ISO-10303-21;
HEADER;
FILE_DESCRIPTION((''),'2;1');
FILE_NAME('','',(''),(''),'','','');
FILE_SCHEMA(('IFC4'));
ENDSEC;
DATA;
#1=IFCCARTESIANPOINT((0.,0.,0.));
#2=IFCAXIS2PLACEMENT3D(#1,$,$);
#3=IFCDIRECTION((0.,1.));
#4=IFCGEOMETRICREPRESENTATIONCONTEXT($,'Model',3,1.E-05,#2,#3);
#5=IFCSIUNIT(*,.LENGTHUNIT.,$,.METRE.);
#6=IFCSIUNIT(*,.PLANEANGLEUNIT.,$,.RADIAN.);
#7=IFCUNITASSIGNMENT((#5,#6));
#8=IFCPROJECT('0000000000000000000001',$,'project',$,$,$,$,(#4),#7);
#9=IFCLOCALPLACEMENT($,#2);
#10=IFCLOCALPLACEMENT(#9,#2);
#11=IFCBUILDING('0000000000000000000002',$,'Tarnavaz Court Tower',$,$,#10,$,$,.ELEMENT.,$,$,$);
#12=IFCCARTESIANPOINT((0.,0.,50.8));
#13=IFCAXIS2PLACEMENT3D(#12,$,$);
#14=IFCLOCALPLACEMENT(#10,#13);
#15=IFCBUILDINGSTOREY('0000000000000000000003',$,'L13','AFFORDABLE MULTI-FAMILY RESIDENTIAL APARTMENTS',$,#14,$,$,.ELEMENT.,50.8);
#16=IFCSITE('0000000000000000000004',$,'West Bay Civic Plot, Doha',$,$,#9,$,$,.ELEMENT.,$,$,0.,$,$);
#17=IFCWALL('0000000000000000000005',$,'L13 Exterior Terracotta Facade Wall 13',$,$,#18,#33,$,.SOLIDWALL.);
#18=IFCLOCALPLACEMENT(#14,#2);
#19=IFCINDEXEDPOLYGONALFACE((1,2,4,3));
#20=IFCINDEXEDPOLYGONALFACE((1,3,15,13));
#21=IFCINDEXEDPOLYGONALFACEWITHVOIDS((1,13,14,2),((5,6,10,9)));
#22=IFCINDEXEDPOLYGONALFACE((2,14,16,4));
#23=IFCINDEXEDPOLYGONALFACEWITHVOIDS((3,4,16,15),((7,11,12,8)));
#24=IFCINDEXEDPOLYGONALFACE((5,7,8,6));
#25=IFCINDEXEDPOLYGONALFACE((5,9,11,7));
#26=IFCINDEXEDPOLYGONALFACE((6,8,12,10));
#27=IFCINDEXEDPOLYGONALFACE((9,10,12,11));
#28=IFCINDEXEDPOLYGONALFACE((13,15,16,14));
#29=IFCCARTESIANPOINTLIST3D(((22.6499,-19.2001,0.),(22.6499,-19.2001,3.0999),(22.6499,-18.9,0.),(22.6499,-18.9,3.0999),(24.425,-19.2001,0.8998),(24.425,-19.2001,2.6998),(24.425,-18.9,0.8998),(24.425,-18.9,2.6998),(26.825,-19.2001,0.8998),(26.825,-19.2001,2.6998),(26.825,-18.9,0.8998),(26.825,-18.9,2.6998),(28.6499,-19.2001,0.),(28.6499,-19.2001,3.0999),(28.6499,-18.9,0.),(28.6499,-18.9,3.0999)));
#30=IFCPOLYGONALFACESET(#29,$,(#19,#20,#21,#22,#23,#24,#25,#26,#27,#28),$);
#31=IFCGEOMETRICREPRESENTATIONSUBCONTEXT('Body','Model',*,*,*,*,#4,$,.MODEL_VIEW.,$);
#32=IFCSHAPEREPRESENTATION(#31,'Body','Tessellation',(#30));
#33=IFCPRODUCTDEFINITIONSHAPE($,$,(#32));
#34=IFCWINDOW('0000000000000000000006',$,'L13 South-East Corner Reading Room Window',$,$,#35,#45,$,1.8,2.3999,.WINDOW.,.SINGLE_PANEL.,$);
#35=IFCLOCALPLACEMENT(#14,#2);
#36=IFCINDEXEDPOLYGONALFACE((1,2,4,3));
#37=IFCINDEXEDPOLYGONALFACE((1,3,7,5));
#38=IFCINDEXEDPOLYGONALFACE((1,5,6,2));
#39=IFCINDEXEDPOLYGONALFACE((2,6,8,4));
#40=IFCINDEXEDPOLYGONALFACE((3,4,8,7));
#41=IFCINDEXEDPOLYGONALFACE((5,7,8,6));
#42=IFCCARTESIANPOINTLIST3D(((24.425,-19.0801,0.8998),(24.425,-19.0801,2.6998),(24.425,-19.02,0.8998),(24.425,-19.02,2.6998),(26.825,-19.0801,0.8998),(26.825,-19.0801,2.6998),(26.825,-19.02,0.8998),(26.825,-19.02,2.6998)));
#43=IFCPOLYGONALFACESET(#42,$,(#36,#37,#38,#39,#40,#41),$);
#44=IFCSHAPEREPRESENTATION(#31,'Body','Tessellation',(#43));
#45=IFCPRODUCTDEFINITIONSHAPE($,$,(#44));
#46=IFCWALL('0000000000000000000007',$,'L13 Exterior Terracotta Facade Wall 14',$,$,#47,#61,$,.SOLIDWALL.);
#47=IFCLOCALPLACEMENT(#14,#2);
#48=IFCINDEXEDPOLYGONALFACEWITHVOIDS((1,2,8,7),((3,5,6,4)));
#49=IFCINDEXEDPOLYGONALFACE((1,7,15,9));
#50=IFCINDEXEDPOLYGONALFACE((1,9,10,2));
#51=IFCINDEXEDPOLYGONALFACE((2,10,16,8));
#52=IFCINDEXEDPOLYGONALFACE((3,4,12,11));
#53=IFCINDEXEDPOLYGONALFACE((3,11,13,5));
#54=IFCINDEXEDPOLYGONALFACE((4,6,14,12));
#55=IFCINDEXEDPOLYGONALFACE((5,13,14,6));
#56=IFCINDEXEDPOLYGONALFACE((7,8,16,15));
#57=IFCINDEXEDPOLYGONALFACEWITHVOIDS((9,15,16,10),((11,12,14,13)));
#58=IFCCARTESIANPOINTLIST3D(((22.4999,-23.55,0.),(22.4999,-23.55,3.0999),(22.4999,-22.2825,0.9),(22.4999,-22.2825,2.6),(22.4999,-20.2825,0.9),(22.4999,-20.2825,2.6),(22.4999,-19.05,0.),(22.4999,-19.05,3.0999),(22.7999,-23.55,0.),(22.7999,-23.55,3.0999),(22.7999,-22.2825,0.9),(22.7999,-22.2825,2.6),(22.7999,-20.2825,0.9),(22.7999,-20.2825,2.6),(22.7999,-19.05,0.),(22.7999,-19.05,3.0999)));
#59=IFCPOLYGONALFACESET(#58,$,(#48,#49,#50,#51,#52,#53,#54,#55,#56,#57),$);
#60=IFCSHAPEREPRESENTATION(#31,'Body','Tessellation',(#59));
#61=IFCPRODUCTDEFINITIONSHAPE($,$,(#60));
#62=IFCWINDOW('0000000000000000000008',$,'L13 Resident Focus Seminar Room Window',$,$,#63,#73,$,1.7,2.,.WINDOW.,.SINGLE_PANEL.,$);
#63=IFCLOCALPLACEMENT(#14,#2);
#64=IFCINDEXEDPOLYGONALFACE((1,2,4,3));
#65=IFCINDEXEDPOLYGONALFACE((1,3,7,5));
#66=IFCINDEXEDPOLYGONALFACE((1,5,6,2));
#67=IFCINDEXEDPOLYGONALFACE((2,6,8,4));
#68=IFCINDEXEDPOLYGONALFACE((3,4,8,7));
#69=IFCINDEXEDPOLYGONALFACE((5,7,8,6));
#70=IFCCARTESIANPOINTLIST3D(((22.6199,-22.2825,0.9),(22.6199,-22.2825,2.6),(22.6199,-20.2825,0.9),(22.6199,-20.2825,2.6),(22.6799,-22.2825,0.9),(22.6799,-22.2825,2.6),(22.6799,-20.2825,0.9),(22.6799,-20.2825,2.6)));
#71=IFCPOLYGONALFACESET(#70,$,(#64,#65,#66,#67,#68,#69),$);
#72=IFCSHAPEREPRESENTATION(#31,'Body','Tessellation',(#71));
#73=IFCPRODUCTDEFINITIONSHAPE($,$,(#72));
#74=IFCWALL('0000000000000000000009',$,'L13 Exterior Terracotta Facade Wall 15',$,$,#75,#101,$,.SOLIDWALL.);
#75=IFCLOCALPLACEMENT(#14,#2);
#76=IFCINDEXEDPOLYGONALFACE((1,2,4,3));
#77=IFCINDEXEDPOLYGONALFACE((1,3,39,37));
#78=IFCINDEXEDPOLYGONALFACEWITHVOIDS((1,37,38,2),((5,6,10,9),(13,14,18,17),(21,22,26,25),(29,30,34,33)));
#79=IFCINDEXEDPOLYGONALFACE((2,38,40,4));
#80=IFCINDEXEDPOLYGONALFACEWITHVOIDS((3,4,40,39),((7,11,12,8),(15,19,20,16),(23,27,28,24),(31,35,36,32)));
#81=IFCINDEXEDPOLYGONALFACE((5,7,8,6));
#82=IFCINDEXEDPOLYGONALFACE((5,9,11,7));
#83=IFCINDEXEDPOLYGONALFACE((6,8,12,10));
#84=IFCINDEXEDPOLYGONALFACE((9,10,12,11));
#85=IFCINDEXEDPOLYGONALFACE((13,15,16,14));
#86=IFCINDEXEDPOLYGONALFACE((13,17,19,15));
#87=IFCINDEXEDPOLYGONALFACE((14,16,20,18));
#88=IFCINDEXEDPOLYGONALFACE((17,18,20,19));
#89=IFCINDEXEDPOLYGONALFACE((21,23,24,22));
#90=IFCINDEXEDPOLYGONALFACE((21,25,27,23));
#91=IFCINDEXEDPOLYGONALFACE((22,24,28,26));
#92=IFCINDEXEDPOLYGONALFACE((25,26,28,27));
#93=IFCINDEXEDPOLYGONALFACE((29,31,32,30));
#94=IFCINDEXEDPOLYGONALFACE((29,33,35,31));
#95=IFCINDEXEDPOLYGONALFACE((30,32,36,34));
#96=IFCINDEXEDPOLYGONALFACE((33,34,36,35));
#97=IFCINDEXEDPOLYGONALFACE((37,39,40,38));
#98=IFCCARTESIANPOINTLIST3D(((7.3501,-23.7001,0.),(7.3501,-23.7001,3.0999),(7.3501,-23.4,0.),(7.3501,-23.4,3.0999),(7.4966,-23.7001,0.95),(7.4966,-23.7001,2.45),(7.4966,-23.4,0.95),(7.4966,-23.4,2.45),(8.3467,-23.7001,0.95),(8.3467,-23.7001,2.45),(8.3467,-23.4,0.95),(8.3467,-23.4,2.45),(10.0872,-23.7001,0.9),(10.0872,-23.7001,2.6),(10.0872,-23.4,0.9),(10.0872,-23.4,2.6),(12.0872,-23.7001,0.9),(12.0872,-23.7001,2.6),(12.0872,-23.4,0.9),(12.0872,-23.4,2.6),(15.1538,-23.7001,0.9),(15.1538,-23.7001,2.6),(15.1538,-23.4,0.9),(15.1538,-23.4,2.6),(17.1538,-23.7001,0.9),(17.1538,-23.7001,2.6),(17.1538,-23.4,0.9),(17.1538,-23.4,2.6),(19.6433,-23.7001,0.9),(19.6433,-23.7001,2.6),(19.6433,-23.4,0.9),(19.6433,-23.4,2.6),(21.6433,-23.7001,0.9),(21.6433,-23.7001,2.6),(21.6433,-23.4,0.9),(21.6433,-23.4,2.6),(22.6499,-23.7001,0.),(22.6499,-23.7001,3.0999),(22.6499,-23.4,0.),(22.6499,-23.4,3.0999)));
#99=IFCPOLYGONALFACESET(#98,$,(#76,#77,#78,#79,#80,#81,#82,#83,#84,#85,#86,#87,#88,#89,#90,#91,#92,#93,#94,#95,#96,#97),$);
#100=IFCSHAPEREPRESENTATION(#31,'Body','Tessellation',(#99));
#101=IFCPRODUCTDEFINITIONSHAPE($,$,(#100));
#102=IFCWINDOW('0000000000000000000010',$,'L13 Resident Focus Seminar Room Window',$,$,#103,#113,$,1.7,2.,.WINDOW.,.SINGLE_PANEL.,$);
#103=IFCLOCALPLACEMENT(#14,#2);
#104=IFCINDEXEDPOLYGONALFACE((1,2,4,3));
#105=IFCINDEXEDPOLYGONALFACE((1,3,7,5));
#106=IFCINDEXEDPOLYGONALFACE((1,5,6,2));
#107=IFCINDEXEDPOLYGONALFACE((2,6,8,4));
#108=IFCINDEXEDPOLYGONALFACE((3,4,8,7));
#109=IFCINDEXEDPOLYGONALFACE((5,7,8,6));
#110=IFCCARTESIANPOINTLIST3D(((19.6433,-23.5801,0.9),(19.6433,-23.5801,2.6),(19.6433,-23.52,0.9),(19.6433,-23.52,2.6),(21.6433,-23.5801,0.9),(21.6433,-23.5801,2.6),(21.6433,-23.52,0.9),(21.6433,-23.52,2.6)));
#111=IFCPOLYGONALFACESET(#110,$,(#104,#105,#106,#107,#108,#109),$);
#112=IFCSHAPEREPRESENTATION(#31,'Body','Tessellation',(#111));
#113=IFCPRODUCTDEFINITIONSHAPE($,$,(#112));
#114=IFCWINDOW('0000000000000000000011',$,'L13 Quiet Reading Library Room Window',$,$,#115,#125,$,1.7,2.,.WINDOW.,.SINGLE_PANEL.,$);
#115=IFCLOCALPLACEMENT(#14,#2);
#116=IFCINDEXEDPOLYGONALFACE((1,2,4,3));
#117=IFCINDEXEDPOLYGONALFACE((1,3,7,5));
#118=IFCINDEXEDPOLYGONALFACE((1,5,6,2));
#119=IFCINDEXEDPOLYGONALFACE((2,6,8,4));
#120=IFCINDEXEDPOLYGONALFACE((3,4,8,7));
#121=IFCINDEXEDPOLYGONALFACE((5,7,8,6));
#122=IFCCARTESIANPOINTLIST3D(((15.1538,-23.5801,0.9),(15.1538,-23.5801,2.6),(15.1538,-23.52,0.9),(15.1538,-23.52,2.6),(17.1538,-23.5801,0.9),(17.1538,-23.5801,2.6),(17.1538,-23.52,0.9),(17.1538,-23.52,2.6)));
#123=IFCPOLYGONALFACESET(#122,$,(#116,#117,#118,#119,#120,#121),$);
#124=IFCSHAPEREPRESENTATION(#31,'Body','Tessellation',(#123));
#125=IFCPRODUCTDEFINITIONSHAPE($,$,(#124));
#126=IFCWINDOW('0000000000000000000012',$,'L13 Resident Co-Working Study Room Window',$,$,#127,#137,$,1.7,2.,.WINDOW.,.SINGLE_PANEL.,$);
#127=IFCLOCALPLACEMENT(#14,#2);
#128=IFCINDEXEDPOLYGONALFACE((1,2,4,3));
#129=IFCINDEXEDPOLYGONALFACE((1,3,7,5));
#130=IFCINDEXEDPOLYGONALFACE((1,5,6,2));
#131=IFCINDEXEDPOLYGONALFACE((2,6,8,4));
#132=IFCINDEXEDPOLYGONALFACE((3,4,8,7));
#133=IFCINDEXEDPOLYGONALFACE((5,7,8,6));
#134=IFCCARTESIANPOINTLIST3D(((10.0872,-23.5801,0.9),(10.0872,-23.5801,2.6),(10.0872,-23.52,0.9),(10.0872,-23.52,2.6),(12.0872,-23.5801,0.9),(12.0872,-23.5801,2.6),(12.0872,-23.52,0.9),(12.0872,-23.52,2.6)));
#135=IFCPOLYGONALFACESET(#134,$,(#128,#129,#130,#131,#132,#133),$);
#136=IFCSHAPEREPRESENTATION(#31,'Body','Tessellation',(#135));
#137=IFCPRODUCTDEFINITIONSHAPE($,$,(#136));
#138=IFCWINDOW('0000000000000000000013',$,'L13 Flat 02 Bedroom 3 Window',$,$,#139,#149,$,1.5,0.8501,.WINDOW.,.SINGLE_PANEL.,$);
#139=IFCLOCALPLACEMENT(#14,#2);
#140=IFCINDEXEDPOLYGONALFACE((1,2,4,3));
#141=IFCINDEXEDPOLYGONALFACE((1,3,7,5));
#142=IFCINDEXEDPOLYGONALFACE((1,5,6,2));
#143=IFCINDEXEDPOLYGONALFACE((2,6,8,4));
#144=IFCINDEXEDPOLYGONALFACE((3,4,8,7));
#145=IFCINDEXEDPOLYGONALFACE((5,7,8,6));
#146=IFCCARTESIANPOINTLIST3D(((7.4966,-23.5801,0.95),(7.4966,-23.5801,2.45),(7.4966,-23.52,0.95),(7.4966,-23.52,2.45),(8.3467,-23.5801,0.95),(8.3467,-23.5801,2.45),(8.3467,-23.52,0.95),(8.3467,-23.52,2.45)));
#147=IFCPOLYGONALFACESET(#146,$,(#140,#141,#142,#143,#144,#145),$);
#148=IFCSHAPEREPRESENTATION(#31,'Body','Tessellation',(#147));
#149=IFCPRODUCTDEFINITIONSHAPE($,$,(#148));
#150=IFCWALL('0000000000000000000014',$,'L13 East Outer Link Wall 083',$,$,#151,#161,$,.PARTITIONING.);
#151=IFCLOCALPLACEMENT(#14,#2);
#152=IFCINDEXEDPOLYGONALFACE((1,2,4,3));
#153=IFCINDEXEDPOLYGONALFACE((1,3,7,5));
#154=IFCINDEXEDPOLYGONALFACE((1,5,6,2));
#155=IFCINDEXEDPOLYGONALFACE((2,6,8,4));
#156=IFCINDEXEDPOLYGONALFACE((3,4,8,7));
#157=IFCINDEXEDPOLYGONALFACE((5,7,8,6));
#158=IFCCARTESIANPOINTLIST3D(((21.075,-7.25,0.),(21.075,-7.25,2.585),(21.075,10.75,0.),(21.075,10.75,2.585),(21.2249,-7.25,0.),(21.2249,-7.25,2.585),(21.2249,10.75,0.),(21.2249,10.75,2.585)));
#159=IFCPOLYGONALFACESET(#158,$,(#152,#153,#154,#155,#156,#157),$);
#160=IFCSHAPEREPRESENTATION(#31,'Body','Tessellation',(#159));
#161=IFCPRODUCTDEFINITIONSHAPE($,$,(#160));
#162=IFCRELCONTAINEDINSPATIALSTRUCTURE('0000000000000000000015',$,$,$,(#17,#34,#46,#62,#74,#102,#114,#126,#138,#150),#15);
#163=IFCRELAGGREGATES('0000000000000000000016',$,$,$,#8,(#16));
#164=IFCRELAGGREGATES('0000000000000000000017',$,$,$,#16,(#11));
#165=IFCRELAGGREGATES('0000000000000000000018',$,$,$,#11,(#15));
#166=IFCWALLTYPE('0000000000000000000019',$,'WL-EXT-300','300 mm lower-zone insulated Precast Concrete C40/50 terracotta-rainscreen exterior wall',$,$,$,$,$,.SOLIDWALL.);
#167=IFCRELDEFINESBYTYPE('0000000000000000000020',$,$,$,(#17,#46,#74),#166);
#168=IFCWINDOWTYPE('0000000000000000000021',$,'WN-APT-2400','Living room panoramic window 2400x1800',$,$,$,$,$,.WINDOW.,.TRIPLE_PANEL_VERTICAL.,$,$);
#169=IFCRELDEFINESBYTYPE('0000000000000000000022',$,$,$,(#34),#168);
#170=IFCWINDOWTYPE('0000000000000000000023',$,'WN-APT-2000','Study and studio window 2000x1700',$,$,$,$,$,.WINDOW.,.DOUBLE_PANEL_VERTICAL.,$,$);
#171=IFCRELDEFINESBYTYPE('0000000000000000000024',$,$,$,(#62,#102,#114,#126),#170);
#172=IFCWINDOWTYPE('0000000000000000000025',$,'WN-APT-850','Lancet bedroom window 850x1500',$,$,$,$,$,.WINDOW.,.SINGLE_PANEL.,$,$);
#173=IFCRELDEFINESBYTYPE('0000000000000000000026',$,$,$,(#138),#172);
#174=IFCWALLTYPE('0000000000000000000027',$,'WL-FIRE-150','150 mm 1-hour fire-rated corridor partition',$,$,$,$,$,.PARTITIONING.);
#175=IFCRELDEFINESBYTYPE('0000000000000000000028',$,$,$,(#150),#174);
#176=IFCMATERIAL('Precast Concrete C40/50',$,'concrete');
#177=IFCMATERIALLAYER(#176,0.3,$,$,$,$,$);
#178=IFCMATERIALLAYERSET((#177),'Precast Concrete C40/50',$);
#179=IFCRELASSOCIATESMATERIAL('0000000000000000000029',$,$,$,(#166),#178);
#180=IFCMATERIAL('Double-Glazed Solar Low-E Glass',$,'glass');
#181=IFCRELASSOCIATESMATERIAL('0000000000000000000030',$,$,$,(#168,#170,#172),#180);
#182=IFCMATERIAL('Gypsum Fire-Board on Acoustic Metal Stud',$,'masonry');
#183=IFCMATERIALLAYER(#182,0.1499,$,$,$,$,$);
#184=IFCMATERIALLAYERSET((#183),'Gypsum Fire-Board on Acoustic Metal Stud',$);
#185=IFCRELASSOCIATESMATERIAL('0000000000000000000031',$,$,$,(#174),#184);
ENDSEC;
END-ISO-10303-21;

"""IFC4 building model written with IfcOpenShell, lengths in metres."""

from ifc_helpers import new_model, si_unit, direction, frame, frame_2d, origin, place, context, subcontext, project, spatial, rectangle, extrude, material, layer, layer_set, type_object, element, fill, save


model = new_model("IFC4")

# Units and contexts
model_context = context("Model", 3, precision=1e-05, world=origin(), true_north=direction((0.0, 1.0)))
body_context = subcontext(model_context, "Body", "Model", "MODEL_VIEW")
ifc_project = project(units=[si_unit("LENGTHUNIT", "METRE"), si_unit("PLANEANGLEUNIT", "RADIAN")], contexts=[model_context])

# Site, building, storey
site_placement = place(None, origin())
site = spatial("IfcSite", under=ifc_project, at=site_placement, Name="West Bay Civic Plot, Doha", CompositionType="ELEMENT", RefElevation=0.0)
building_placement = place(site_placement, origin())
building = spatial("IfcBuilding", under=site, at=building_placement, Name="Tarnavaz Court Tower", CompositionType="ELEMENT")
storey_placement = place(building_placement, frame((0.0, 0.0, 50.8)))
storey = spatial("IfcBuildingStorey", under=building, at=storey_placement, Name="L13", Description="AFFORDABLE MULTI-FAMILY RESIDENTIAL APARTMENTS", CompositionType="ELEMENT", Elevation=50.8)

# Walls, openings, windows
ifc_material_1 = material(Name="Precast Concrete C40/50", Category="concrete")
ifc_layer_1 = layer(ifc_material_1, 0.3)
ifc_layer_set_1 = layer_set([ifc_layer_1], Name="Precast Concrete C40/50")
wall_type_1 = type_object("IfcWallType", Name="WL-EXT-300", Description="300 mm lower-zone insulated Precast Concrete C40/50 terracotta-rainscreen exterior wall", PredefinedType="SOLIDWALL", material=ifc_layer_set_1)
wall_1_placement = place(storey_placement, frame((28.6499, -19.05, 0.0), z_axis=(0.0, 0.0, 1.0), x_axis=(-1.0, 0.0, 0.0)))
wall_1 = element("IfcWall", 1, at=wall_1_placement, inside=storey, type_object=wall_type_1, Name="L13 Exterior Terracotta Facade Wall 13", PredefinedType="SOLIDWALL", context=body_context, shape_type="SweptSolid", body=[
    extrude(rectangle(XDim=6.0, YDim=0.3, at=frame_2d((3.0, 0.0))), origin(), (0.0, 0.0, 1.0), 3.0999),
])
opening_1_placement = place(wall_1_placement, frame((1.825, 0.0, 0.8999)))
opening_1 = element("IfcOpeningElement", 2, at=opening_1_placement, cuts=wall_1, PredefinedType="OPENING", context=body_context, shape_type="SweptSolid", body=[
    extrude(rectangle(XDim=2.3999, YDim=1.8, at=frame_2d((1.2, 0.8999))), frame((0.0, 0.1599, 0.0), z_axis=(0.0, -1.0, 0.0), x_axis=(1.0, 0.0, 0.0)), (0.0, 0.0, 1.0), 0.3201),
])
ifc_material_2 = material(Name="Double-Glazed Solar Low-E Glass", Category="glass")
window_type_1 = type_object("IfcWindowType", Name="WN-APT-2400", Description="Living room panoramic window 2400x1800", PartitioningType="TRIPLE_PANEL_VERTICAL", PredefinedType="WINDOW", material=ifc_material_2)
window_1_placement = place(opening_1_placement, origin())
window_1 = element("IfcWindow", 3, at=window_1_placement, inside=storey, type_object=window_type_1, Name="L13 South-East Corner Reading Room Window", OverallHeight=1.8, OverallWidth=2.3999, PartitioningType="SINGLE_PANEL", PredefinedType="WINDOW", context=body_context, shape_type="SweptSolid", body=[
    extrude(rectangle(XDim=2.3999, YDim=1.8, at=frame_2d((1.2, 0.8999))), frame((0.0, 0.03, 0.0), z_axis=(0.0, -1.0, 0.0), x_axis=(1.0, 0.0, 0.0)), (0.0, 0.0, 1.0), 0.0601),
])
fill(opening_1, window_1)
wall_2_placement = place(storey_placement, frame((22.6499, -19.05, 0.0), z_axis=(0.0, 0.0, 1.0), x_axis=(0.0, -1.0, 0.0)))
wall_2 = element("IfcWall", 4, at=wall_2_placement, inside=storey, type_object=wall_type_1, Name="L13 Exterior Terracotta Facade Wall 14", PredefinedType="SOLIDWALL", context=body_context, shape_type="SweptSolid", body=[
    extrude(rectangle(XDim=4.5, YDim=0.3, at=frame_2d((2.25, 0.0))), origin(), (0.0, 0.0, 1.0), 3.0999),
])
opening_2_placement = place(wall_2_placement, frame((1.2324, 0.0, 0.8999)))
opening_2 = element("IfcOpeningElement", 5, at=opening_2_placement, cuts=wall_2, PredefinedType="OPENING", context=body_context, shape_type="SweptSolid", body=[
    extrude(rectangle(XDim=2.0, YDim=1.7, at=frame_2d((1.0, 0.8501))), frame((0.0, 0.1599, 0.0), z_axis=(0.0, -1.0, 0.0), x_axis=(1.0, 0.0, 0.0)), (0.0, 0.0, 1.0), 0.3201),
])
window_type_2 = type_object("IfcWindowType", Name="WN-APT-2000", Description="Study and studio window 2000x1700", PartitioningType="DOUBLE_PANEL_VERTICAL", PredefinedType="WINDOW", material=ifc_material_2)
window_2_placement = place(opening_2_placement, origin())
window_2 = element("IfcWindow", 6, at=window_2_placement, inside=storey, type_object=window_type_2, Name="L13 Resident Focus Seminar Room Window", OverallHeight=1.7, OverallWidth=2.0, PartitioningType="SINGLE_PANEL", PredefinedType="WINDOW", context=body_context, shape_type="SweptSolid", body=[
    extrude(rectangle(XDim=2.0, YDim=1.7, at=frame_2d((1.0, 0.8501))), frame((0.0, 0.03, 0.0), z_axis=(0.0, -1.0, 0.0), x_axis=(1.0, 0.0, 0.0)), (0.0, 0.0, 1.0), 0.0601),
])
fill(opening_2, window_2)

# Wall, openings, windows
wall_3_placement = place(storey_placement, frame((22.6499, -23.55, 0.0), z_axis=(0.0, 0.0, 1.0), x_axis=(-1.0, 0.0, 0.0)))
wall_3 = element("IfcWall", 7, at=wall_3_placement, inside=storey, type_object=wall_type_1, Name="L13 Exterior Terracotta Facade Wall 15", PredefinedType="SOLIDWALL", context=body_context, shape_type="SweptSolid", body=[
    extrude(rectangle(XDim=15.2998, YDim=0.3, at=frame_2d((7.6499, 0.0))), origin(), (0.0, 0.0, 1.0), 3.0999),
])
opening_3_placement = place(wall_3_placement, frame((1.0066, 0.0, 0.8999)))
opening_3 = element("IfcOpeningElement", 8, at=opening_3_placement, cuts=wall_3, PredefinedType="OPENING", context=body_context, shape_type="SweptSolid", body=[
    extrude(rectangle(XDim=2.0, YDim=1.7, at=frame_2d((1.0, 0.8501))), frame((0.0, 0.1599, 0.0), z_axis=(0.0, -1.0, 0.0), x_axis=(1.0, 0.0, 0.0)), (0.0, 0.0, 1.0), 0.3201),
])
opening_4_placement = place(wall_3_placement, frame((5.4961, 0.0, 0.8999)))
opening_4 = element("IfcOpeningElement", 9, at=opening_4_placement, cuts=wall_3, PredefinedType="OPENING", context=body_context, shape_type="SweptSolid", body=[
    extrude(rectangle(XDim=2.0, YDim=1.7, at=frame_2d((1.0, 0.8501))), frame((0.0, 0.1599, 0.0), z_axis=(0.0, -1.0, 0.0), x_axis=(1.0, 0.0, 0.0)), (0.0, 0.0, 1.0), 0.3201),
])
opening_5_placement = place(wall_3_placement, frame((10.5627, 0.0, 0.8999)))
opening_5 = element("IfcOpeningElement", 10, at=opening_5_placement, cuts=wall_3, PredefinedType="OPENING", context=body_context, shape_type="SweptSolid", body=[
    extrude(rectangle(XDim=2.0, YDim=1.7, at=frame_2d((1.0, 0.8501))), frame((0.0, 0.1599, 0.0), z_axis=(0.0, -1.0, 0.0), x_axis=(1.0, 0.0, 0.0)), (0.0, 0.0, 1.0), 0.3201),
])
opening_6_placement = place(wall_3_placement, frame((14.3032, 0.0, 0.95)))
opening_6 = element("IfcOpeningElement", 11, at=opening_6_placement, cuts=wall_3, PredefinedType="OPENING", context=body_context, shape_type="SweptSolid", body=[
    extrude(rectangle(XDim=0.8501, YDim=1.5, at=frame_2d((0.425, 0.75))), frame((0.0, 0.1599, 0.0), z_axis=(0.0, -1.0, 0.0), x_axis=(1.0, 0.0, 0.0)), (0.0, 0.0, 1.0), 0.3201),
])
window_3_placement = place(opening_3_placement, origin())
window_3 = element("IfcWindow", 12, at=window_3_placement, inside=storey, type_object=window_type_2, Name="L13 Resident Focus Seminar Room Window", OverallHeight=1.7, OverallWidth=2.0, PartitioningType="SINGLE_PANEL", PredefinedType="WINDOW", context=body_context, shape_type="SweptSolid", body=[
    extrude(rectangle(XDim=2.0, YDim=1.7, at=frame_2d((1.0, 0.8501))), frame((0.0, 0.03, 0.0), z_axis=(0.0, -1.0, 0.0), x_axis=(1.0, 0.0, 0.0)), (0.0, 0.0, 1.0), 0.0601),
])
fill(opening_3, window_3)
window_4_placement = place(opening_4_placement, origin())
window_4 = element("IfcWindow", 13, at=window_4_placement, inside=storey, type_object=window_type_2, Name="L13 Quiet Reading Library Room Window", OverallHeight=1.7, OverallWidth=2.0, PartitioningType="SINGLE_PANEL", PredefinedType="WINDOW", context=body_context, shape_type="SweptSolid", body=[
    extrude(rectangle(XDim=2.0, YDim=1.7, at=frame_2d((1.0, 0.8501))), frame((0.0, 0.03, 0.0), z_axis=(0.0, -1.0, 0.0), x_axis=(1.0, 0.0, 0.0)), (0.0, 0.0, 1.0), 0.0601),
])
fill(opening_4, window_4)
window_5_placement = place(opening_5_placement, origin())
window_5 = element("IfcWindow", 14, at=window_5_placement, inside=storey, type_object=window_type_2, Name="L13 Resident Co-Working Study Room Window", OverallHeight=1.7, OverallWidth=2.0, PartitioningType="SINGLE_PANEL", PredefinedType="WINDOW", context=body_context, shape_type="SweptSolid", body=[
    extrude(rectangle(XDim=2.0, YDim=1.7, at=frame_2d((1.0, 0.8501))), frame((0.0, 0.03, 0.0), z_axis=(0.0, -1.0, 0.0), x_axis=(1.0, 0.0, 0.0)), (0.0, 0.0, 1.0), 0.0601),
])
fill(opening_5, window_5)
window_type_3 = type_object("IfcWindowType", Name="WN-APT-850", Description="Lancet bedroom window 850x1500", PartitioningType="SINGLE_PANEL", PredefinedType="WINDOW", material=ifc_material_2)
window_6_placement = place(opening_6_placement, origin())
window_6 = element("IfcWindow", 15, at=window_6_placement, inside=storey, type_object=window_type_3, Name="L13 Flat 02 Bedroom 3 Window", OverallHeight=1.5, OverallWidth=0.8501, PartitioningType="SINGLE_PANEL", PredefinedType="WINDOW", context=body_context, shape_type="SweptSolid", body=[
    extrude(rectangle(XDim=0.8501, YDim=1.5, at=frame_2d((0.425, 0.75))), frame((0.0, 0.03, 0.0), z_axis=(0.0, -1.0, 0.0), x_axis=(1.0, 0.0, 0.0)), (0.0, 0.0, 1.0), 0.0601),
])
fill(opening_6, window_6)

# Wall
ifc_material_3 = material(Name="Gypsum Fire-Board on Acoustic Metal Stud", Category="masonry")
ifc_layer_2 = layer(ifc_material_3, 0.1499)
ifc_layer_set_2 = layer_set([ifc_layer_2], Name="Gypsum Fire-Board on Acoustic Metal Stud")
wall_type_2 = type_object("IfcWallType", Name="WL-FIRE-150", Description="150 mm 1-hour fire-rated corridor partition", PredefinedType="PARTITIONING", material=ifc_layer_set_2)
wall_4_placement = place(storey_placement, frame((21.1499, -7.25, 0.0), z_axis=(0.0, 0.0, 1.0), x_axis=(0.0, 1.0, 0.0)))
element("IfcWall", 16, at=wall_4_placement, inside=storey, type_object=wall_type_2, Name="L13 East Outer Link Wall 083", PredefinedType="PARTITIONING", context=body_context, shape_type="SweptSolid", body=[
    extrude(rectangle(XDim=18.0, YDim=0.1499, at=frame_2d((9.0, 0.0))), origin(), (0.0, 0.0, 1.0), 2.585),
])

save(model, "model.ifc")
